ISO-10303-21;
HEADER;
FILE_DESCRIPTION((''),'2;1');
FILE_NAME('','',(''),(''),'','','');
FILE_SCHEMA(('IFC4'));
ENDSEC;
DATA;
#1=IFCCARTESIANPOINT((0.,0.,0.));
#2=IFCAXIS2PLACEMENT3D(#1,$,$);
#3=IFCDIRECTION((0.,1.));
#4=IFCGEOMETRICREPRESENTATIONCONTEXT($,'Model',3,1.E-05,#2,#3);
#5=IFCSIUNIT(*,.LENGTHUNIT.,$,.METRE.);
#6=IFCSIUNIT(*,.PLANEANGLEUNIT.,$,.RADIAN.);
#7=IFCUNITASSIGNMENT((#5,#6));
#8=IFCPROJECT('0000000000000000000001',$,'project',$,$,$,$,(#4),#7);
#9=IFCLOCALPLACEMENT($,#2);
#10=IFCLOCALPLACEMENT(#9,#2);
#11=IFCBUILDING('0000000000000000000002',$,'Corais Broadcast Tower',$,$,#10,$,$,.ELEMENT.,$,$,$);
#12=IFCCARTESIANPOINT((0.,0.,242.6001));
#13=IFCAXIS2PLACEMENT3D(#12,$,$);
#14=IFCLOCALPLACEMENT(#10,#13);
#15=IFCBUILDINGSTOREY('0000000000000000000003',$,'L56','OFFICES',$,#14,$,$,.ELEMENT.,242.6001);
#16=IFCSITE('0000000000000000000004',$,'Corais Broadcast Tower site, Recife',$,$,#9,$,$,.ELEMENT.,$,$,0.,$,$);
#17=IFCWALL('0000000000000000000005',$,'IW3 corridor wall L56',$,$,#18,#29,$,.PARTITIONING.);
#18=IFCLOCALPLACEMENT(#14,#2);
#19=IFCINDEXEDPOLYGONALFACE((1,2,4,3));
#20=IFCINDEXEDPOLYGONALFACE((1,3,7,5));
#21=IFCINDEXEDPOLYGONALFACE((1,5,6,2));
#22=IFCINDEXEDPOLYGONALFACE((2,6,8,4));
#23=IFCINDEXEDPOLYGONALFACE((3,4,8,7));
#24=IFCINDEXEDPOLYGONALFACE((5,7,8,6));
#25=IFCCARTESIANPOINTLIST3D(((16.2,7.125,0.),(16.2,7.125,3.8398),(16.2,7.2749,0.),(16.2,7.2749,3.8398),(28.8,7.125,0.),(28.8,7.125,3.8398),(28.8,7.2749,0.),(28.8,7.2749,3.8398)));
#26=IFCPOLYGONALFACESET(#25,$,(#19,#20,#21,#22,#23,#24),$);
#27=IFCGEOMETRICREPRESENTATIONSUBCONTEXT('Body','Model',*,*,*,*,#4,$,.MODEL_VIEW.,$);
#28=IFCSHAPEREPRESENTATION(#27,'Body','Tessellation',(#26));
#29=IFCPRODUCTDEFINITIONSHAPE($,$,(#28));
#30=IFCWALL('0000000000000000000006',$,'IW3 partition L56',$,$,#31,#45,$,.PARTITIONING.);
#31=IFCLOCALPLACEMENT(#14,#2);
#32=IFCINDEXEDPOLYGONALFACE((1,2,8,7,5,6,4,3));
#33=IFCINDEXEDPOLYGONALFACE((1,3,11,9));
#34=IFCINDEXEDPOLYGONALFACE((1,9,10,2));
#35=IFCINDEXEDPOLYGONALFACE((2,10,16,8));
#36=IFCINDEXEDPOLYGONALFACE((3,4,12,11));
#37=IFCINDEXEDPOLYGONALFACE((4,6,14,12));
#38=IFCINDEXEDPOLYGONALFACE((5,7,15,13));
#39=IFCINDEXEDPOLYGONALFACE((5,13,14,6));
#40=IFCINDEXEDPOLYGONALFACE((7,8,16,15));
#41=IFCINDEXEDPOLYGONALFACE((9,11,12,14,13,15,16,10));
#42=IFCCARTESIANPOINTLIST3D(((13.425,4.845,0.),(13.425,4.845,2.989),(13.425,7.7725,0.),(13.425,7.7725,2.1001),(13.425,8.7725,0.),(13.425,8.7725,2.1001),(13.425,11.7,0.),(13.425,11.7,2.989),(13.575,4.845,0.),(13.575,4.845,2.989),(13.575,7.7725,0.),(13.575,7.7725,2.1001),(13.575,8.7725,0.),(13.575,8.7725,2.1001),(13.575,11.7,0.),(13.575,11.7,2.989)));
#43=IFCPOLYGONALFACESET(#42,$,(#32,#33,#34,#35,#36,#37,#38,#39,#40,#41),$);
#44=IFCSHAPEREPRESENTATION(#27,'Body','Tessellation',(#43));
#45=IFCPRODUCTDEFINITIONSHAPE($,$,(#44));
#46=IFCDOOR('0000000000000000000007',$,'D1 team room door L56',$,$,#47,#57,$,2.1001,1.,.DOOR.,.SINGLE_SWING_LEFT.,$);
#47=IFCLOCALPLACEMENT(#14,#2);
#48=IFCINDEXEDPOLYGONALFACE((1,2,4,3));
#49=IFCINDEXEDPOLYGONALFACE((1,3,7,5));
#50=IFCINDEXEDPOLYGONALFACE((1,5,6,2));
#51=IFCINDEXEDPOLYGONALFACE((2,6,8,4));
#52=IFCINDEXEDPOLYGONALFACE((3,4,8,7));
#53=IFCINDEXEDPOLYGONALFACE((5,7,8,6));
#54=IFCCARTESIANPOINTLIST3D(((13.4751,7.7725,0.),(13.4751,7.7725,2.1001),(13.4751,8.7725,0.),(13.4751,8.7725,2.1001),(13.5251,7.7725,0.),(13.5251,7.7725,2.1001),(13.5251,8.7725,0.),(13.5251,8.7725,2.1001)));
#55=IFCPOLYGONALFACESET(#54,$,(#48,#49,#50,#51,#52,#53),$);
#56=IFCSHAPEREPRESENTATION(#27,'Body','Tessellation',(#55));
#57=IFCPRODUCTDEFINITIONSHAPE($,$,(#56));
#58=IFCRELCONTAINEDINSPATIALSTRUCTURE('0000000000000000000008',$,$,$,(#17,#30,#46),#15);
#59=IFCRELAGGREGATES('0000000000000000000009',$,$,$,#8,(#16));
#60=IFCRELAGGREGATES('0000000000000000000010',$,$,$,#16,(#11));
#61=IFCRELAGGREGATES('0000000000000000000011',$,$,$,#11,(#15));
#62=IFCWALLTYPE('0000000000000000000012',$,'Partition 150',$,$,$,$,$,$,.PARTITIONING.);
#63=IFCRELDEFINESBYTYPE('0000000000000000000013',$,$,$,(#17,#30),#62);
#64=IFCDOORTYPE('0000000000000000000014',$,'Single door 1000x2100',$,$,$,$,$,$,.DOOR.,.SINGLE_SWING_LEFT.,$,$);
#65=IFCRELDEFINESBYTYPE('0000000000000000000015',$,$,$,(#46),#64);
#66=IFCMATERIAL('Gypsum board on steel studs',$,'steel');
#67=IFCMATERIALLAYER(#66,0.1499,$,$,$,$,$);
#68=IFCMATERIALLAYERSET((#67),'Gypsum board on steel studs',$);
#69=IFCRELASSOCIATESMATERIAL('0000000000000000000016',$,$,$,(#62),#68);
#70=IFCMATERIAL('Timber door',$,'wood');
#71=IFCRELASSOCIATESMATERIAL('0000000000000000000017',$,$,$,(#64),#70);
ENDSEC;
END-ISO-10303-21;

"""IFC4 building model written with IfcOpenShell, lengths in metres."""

from ifc_helpers import new_model, si_unit, direction, frame, frame_2d, origin, place, context, subcontext, project, spatial, rectangle, extrude, material, layer, layer_set, type_object, element, fill, save


model = new_model("IFC4")

# Units and contexts
model_context = context("Model", 3, precision=1e-05, world=origin(), true_north=direction((0.0, 1.0)))
body_context = subcontext(model_context, "Body", "Model", "MODEL_VIEW")
ifc_project = project(units=[si_unit("LENGTHUNIT", "METRE"), si_unit("PLANEANGLEUNIT", "RADIAN")], contexts=[model_context])

# Site, building, storey
site_placement = place(None, origin())
site = spatial("IfcSite", under=ifc_project, at=site_placement, Name="Corais Broadcast Tower site, Recife", CompositionType="ELEMENT", RefElevation=0.0)
building_placement = place(site_placement, origin())
building = spatial("IfcBuilding", under=site, at=building_placement, Name="Corais Broadcast Tower", CompositionType="ELEMENT")
storey_placement = place(building_placement, frame((0.0, 0.0, 242.6001)))
storey = spatial("IfcBuildingStorey", under=building, at=storey_placement, Name="L56", Description="OFFICES", CompositionType="ELEMENT", Elevation=242.6001)

# Wall
ifc_material_1 = material(Name="Gypsum board on steel studs", Category="steel")
ifc_layer_1 = layer(ifc_material_1, 0.1499)
ifc_layer_set_1 = layer_set([ifc_layer_1], Name="Gypsum board on steel studs")
wall_type = type_object("IfcWallType", Name="Partition 150", PredefinedType="PARTITIONING", material=ifc_layer_set_1)
wall_1_placement = place(storey_placement, frame((16.2, 7.2, 0.0), z_axis=(0.0, 0.0, 1.0), x_axis=(1.0, 0.0, 0.0)))
element("IfcWall", 1, at=wall_1_placement, inside=storey, type_object=wall_type, Name="IW3 corridor wall L56", PredefinedType="PARTITIONING", context=body_context, shape_type="SweptSolid", body=[
    extrude(rectangle(XDim=12.6001, YDim=0.1499, at=frame_2d((6.3, 0.0))), origin(), (0.0, 0.0, 1.0), 3.8398),
])

# Wall, opening, door
wall_2_placement = place(storey_placement, frame((13.5, 4.845, 0.0), z_axis=(0.0, 0.0, 1.0), x_axis=(0.0, 1.0, 0.0)))
wall_2 = element("IfcWall", 2, at=wall_2_placement, inside=storey, type_object=wall_type, Name="IW3 partition L56", PredefinedType="PARTITIONING", context=body_context, shape_type="SweptSolid", body=[
    extrude(rectangle(XDim=6.855, YDim=0.1499, at=frame_2d((3.4275, 0.0))), origin(), (0.0, 0.0, 1.0), 2.989),
])
opening_placement = place(wall_2_placement, frame((2.9275, 0.0, 0.0)))
opening = element("IfcOpeningElement", 3, at=opening_placement, cuts=wall_2, PredefinedType="OPENING", context=body_context, shape_type="SweptSolid", body=[
    extrude(rectangle(XDim=1.0, YDim=2.1001, at=frame_2d((0.5, 1.05))), frame((0.0, 0.085, 0.0), z_axis=(0.0, -1.0, 0.0), x_axis=(1.0, 0.0, 0.0)), (0.0, 0.0, 1.0), 0.1699),
])
ifc_material_2 = material(Name="Timber door", Category="wood")
door_type = type_object("IfcDoorType", Name="Single door 1000x2100", OperationType="SINGLE_SWING_LEFT", PredefinedType="DOOR", material=ifc_material_2)
door_placement = place(opening_placement, origin())
door = element("IfcDoor", 4, at=door_placement, inside=storey, type_object=door_type, Name="D1 team room door L56", OperationType="SINGLE_SWING_LEFT", OverallHeight=2.1001, OverallWidth=1.0, PredefinedType="DOOR", context=body_context, shape_type="SweptSolid", body=[
    extrude(rectangle(XDim=1.0, YDim=2.1001, at=frame_2d((0.5, 1.05))), frame((0.0, 0.0249, 0.0), z_axis=(0.0, -1.0, 0.0), x_axis=(1.0, 0.0, 0.0)), (0.0, 0.0, 1.0), 0.05),
])
fill(opening, door)

save(model, "model.ifc")
